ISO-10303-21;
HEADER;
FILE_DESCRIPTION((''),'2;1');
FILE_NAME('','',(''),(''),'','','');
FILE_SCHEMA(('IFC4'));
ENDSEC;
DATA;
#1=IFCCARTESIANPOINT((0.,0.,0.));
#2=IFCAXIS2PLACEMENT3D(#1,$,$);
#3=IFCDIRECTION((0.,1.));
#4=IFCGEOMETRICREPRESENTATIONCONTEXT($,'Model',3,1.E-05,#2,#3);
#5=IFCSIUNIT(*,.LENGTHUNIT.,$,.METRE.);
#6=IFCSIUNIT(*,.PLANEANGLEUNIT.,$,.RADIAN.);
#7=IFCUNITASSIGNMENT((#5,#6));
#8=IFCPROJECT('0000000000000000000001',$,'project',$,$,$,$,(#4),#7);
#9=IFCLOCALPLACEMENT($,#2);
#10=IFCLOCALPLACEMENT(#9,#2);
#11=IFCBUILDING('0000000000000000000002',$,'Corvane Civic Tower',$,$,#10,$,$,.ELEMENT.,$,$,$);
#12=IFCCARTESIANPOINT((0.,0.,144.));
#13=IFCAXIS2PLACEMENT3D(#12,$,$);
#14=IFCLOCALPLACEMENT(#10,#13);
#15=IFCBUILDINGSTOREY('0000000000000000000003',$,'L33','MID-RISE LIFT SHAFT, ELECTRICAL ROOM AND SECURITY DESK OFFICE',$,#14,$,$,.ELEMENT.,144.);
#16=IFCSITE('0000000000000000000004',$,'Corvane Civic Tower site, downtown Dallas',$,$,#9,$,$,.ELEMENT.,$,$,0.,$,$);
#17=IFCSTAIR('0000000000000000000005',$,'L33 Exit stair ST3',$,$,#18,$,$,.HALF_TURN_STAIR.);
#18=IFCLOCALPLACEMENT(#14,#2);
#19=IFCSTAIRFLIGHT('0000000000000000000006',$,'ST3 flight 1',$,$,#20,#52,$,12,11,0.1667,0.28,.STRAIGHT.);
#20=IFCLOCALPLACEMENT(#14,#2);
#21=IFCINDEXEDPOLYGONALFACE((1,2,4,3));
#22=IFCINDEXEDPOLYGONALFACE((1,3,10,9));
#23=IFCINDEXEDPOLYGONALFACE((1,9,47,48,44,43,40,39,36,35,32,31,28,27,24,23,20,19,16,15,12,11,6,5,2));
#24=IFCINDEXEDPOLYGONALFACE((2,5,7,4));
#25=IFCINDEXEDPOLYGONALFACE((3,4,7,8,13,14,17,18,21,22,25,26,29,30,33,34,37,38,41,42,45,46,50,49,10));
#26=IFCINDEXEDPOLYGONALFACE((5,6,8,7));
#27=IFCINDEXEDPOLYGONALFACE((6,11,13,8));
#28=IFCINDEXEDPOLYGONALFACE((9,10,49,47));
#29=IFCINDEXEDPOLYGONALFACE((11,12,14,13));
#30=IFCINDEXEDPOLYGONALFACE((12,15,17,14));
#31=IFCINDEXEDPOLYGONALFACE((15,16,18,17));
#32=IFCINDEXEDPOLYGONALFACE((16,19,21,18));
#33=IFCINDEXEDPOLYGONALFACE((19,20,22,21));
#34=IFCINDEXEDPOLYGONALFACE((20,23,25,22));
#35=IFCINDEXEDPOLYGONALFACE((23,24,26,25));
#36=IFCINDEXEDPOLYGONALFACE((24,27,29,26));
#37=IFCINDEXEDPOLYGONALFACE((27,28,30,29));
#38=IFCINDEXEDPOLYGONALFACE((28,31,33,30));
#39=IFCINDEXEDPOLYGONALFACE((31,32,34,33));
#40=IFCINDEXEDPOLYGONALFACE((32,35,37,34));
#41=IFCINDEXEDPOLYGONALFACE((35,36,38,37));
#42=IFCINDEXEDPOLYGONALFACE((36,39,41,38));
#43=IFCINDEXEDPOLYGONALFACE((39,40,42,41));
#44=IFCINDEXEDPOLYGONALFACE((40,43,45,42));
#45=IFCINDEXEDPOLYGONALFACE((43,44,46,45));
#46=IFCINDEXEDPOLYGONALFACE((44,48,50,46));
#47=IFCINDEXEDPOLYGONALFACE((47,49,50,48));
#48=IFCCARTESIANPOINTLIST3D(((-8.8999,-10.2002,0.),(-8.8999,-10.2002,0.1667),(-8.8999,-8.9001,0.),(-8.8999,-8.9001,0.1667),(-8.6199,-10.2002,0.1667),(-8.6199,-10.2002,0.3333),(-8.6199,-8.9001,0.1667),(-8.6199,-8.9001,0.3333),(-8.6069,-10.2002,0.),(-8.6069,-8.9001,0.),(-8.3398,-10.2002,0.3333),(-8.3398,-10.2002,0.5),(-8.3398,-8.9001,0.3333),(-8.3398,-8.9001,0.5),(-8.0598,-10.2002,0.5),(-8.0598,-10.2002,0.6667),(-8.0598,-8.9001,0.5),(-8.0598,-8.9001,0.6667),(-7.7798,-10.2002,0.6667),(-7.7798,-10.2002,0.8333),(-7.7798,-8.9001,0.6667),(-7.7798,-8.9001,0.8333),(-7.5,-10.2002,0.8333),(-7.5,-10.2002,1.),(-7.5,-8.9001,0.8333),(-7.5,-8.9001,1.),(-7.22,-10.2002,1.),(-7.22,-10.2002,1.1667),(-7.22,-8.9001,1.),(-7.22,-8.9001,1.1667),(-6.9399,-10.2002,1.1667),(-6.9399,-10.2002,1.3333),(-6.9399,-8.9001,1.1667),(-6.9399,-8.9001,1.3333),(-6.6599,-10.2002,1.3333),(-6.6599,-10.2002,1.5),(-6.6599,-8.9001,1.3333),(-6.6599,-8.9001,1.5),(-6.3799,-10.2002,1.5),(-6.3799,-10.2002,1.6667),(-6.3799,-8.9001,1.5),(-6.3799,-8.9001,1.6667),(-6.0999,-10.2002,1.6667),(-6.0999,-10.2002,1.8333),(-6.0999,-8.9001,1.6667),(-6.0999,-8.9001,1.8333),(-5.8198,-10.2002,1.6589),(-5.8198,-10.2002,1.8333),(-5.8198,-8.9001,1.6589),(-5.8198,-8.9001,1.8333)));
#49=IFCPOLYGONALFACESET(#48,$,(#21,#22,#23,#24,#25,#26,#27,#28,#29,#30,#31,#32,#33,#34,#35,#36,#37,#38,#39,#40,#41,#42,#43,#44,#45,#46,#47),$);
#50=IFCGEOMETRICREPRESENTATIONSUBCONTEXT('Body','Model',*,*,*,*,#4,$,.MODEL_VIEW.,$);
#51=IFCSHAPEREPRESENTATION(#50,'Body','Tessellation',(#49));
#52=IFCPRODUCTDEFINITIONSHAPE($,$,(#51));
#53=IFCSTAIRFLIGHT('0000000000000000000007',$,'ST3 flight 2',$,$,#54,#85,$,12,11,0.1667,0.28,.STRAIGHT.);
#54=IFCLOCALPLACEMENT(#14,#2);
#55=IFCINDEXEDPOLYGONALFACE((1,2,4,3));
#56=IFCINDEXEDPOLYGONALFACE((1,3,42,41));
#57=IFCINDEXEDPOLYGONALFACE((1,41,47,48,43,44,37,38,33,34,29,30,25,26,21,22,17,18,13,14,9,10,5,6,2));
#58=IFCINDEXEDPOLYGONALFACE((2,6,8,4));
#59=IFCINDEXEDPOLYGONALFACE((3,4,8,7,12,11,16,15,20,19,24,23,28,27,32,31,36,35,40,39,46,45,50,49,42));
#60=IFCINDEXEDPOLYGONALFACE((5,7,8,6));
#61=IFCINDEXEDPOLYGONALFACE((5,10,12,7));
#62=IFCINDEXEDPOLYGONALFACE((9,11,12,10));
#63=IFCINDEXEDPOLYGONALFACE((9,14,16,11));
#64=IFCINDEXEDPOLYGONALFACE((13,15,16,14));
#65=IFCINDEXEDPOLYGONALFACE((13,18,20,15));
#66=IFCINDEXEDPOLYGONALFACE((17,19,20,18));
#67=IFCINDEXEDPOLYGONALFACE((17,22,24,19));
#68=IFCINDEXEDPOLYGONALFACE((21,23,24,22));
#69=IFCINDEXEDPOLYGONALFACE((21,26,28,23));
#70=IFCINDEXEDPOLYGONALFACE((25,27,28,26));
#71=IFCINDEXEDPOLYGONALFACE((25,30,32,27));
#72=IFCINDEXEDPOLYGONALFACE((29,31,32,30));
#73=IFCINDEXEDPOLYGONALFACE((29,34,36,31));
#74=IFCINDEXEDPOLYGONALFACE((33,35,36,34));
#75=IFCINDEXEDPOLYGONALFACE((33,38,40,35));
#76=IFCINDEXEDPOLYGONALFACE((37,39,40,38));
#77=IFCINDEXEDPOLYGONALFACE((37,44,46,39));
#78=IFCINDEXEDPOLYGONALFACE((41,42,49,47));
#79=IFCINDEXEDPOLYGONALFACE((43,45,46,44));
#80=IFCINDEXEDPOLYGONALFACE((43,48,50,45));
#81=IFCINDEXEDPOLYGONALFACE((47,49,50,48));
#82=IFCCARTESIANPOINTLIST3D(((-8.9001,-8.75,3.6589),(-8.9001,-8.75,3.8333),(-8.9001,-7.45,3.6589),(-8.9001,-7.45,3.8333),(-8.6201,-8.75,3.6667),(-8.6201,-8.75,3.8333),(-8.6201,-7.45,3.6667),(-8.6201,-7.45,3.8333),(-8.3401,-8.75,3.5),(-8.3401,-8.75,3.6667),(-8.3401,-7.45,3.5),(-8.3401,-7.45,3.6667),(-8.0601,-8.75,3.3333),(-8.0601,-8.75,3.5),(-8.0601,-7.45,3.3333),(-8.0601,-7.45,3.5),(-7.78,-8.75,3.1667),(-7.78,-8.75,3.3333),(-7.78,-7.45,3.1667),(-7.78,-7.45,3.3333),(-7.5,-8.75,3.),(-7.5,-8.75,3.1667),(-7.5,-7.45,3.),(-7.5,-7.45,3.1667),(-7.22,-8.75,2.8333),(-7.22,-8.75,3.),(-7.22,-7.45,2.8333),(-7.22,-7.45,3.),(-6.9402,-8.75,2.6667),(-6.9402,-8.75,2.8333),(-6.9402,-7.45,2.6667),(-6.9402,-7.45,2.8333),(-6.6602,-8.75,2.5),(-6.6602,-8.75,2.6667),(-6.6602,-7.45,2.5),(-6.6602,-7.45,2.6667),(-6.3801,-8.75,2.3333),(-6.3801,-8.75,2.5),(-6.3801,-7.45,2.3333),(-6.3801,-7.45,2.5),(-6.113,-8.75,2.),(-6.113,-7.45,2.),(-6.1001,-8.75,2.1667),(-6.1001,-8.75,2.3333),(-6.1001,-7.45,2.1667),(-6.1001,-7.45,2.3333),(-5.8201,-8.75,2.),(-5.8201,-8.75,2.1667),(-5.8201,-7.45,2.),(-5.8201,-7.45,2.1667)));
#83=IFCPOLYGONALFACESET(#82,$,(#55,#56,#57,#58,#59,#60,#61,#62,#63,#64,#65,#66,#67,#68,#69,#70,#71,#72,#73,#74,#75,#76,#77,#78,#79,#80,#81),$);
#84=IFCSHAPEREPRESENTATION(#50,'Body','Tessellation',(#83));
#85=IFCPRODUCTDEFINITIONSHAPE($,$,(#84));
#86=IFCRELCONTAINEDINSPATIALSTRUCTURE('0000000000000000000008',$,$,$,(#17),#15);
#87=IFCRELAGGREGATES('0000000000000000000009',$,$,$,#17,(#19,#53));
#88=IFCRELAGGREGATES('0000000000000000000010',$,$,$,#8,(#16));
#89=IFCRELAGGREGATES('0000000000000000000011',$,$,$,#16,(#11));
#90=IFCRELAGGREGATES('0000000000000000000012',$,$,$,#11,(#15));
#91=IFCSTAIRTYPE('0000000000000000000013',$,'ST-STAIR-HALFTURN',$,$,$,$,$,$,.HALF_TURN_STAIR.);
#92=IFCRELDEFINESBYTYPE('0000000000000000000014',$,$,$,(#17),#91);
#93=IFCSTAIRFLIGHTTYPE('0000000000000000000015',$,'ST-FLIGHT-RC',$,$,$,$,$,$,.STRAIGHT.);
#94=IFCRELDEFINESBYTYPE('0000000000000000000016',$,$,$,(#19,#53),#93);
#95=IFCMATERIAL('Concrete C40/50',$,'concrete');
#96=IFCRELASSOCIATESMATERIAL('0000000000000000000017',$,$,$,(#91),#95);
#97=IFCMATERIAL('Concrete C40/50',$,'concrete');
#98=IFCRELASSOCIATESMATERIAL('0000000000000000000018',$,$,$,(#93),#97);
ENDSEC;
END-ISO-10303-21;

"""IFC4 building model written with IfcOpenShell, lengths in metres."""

from ifc_helpers import new_model, si_unit, direction, frame, origin, place, context, subcontext, project, spatial, polyline, outline, extrude, material, type_object, element, aggregate, save


model = new_model("IFC4")

# Units and contexts
model_context = context("Model", 3, precision=1e-05, world=origin(), true_north=direction((0.0, 1.0)))
body_context = subcontext(model_context, "Body", "Model", "MODEL_VIEW")
ifc_project = project(units=[si_unit("LENGTHUNIT", "METRE"), si_unit("PLANEANGLEUNIT", "RADIAN")], contexts=[model_context])

# Site, building, storey
site_placement = place(None, origin())
site = spatial("IfcSite", under=ifc_project, at=site_placement, Name="Corvane Civic Tower site, downtown Dallas", CompositionType="ELEMENT", RefElevation=0.0)
building_placement = place(site_placement, origin())
building = spatial("IfcBuilding", under=site, at=building_placement, Name="Corvane Civic Tower", CompositionType="ELEMENT")
storey_placement = place(building_placement, frame((0.0, 0.0, 144.0)))
storey = spatial("IfcBuildingStorey", under=building, at=storey_placement, Name="L33", Description="MID-RISE LIFT SHAFT, ELECTRICAL ROOM AND SECURITY DESK OFFICE", CompositionType="ELEMENT", Elevation=144.0)

# Shared definitions
ifc_material_1 = material(Name="Concrete C40/50", Category="concrete")
stair_type = type_object("IfcStairType", Name="ST-STAIR-HALFTURN", PredefinedType="HALF_TURN_STAIR", material=ifc_material_1)

# Stair, stair flights
stair_1_placement = place(storey_placement, origin())
stair_1 = element("IfcStair", 1, at=stair_1_placement, inside=storey, type_object=stair_type, Name="L33 Exit stair ST3", PredefinedType="HALF_TURN_STAIR")
ifc_material_2 = material(Name="Concrete C40/50", Category="concrete")
stair_flight_type = type_object("IfcStairFlightType", Name="ST-FLIGHT-RC", PredefinedType="STRAIGHT", material=ifc_material_2)
stair_flight_1_placement = place(storey_placement, frame((-8.8999, -9.55, 0.0), z_axis=(0.0, 0.0, 1.0), x_axis=(1.0, 0.0, 0.0)))
stair_flight_1 = element("IfcStairFlight", 2, at=stair_flight_1_placement, type_object=stair_flight_type, Name="ST3 flight 1", NumberOfRisers=12, NumberOfTreads=11, PredefinedType="STRAIGHT", RiserHeight=0.1667, TreadLength=0.28, context=body_context, shape_type="SweptSolid", body=[
    extrude(outline(polyline([(0.0, 0.0), (0.0, 0.1667), (0.28, 0.1667), (0.28, 0.3333), (0.5601, 0.3333), (0.5601, 0.5), (0.8401, 0.5), (0.8401, 0.6667), (1.1201, 0.6667), (1.1201, 0.8333), (1.3999, 0.8333), (1.3999, 1.0), (1.6799, 1.0), (1.6799, 1.1667), (1.96, 1.1667), (1.96, 1.3333), (2.24, 1.3333), (2.24, 1.5), (2.52, 1.5), (2.52, 1.6667), (2.8, 1.6667), (2.8, 1.8333), (3.0801, 1.8333), (3.0801, 2.0), (3.0801, 1.6589), (0.293, 0.0), (0.0, 0.0)])), frame((0.0, 0.6499, 0.0), z_axis=(0.0, -1.0, 0.0), x_axis=(1.0, 0.0, 0.0)), (0.0, 0.0, 1.0), 1.3),
])
stair_flight_2_placement = place(storey_placement, frame((-5.8201, -8.1001, 2.0), z_axis=(0.0, 0.0, 1.0), x_axis=(-1.0, 0.0, 0.0)))
stair_flight_2 = element("IfcStairFlight", 3, at=stair_flight_2_placement, type_object=stair_flight_type, Name="ST3 flight 2", NumberOfRisers=12, NumberOfTreads=11, PredefinedType="STRAIGHT", RiserHeight=0.1667, TreadLength=0.28, context=body_context, shape_type="SweptSolid", body=[
    extrude(outline(polyline([(0.0, 0.0), (0.0, 0.1667), (0.28, 0.1667), (0.28, 0.3333), (0.5601, 0.3333), (0.5601, 0.5), (0.8401, 0.5), (0.8401, 0.6667), (1.1201, 0.6667), (1.1201, 0.8333), (1.3999, 0.8333), (1.3999, 1.0), (1.6799, 1.0), (1.6799, 1.1667), (1.96, 1.1667), (1.96, 1.3333), (2.24, 1.3333), (2.24, 1.5), (2.52, 1.5), (2.52, 1.6667), (2.8, 1.6667), (2.8, 1.8333), (3.0801, 1.8333), (3.0801, 2.0), (3.0801, 1.6589), (0.293, 0.0), (0.0, 0.0)])), frame((0.0, 0.6499, 0.0), z_axis=(0.0, -1.0, 0.0), x_axis=(1.0, 0.0, 0.0)), (0.0, 0.0, 1.0), 1.3),
])
aggregate(stair_1, [stair_flight_1, stair_flight_2])

save(model, "model.ifc")
